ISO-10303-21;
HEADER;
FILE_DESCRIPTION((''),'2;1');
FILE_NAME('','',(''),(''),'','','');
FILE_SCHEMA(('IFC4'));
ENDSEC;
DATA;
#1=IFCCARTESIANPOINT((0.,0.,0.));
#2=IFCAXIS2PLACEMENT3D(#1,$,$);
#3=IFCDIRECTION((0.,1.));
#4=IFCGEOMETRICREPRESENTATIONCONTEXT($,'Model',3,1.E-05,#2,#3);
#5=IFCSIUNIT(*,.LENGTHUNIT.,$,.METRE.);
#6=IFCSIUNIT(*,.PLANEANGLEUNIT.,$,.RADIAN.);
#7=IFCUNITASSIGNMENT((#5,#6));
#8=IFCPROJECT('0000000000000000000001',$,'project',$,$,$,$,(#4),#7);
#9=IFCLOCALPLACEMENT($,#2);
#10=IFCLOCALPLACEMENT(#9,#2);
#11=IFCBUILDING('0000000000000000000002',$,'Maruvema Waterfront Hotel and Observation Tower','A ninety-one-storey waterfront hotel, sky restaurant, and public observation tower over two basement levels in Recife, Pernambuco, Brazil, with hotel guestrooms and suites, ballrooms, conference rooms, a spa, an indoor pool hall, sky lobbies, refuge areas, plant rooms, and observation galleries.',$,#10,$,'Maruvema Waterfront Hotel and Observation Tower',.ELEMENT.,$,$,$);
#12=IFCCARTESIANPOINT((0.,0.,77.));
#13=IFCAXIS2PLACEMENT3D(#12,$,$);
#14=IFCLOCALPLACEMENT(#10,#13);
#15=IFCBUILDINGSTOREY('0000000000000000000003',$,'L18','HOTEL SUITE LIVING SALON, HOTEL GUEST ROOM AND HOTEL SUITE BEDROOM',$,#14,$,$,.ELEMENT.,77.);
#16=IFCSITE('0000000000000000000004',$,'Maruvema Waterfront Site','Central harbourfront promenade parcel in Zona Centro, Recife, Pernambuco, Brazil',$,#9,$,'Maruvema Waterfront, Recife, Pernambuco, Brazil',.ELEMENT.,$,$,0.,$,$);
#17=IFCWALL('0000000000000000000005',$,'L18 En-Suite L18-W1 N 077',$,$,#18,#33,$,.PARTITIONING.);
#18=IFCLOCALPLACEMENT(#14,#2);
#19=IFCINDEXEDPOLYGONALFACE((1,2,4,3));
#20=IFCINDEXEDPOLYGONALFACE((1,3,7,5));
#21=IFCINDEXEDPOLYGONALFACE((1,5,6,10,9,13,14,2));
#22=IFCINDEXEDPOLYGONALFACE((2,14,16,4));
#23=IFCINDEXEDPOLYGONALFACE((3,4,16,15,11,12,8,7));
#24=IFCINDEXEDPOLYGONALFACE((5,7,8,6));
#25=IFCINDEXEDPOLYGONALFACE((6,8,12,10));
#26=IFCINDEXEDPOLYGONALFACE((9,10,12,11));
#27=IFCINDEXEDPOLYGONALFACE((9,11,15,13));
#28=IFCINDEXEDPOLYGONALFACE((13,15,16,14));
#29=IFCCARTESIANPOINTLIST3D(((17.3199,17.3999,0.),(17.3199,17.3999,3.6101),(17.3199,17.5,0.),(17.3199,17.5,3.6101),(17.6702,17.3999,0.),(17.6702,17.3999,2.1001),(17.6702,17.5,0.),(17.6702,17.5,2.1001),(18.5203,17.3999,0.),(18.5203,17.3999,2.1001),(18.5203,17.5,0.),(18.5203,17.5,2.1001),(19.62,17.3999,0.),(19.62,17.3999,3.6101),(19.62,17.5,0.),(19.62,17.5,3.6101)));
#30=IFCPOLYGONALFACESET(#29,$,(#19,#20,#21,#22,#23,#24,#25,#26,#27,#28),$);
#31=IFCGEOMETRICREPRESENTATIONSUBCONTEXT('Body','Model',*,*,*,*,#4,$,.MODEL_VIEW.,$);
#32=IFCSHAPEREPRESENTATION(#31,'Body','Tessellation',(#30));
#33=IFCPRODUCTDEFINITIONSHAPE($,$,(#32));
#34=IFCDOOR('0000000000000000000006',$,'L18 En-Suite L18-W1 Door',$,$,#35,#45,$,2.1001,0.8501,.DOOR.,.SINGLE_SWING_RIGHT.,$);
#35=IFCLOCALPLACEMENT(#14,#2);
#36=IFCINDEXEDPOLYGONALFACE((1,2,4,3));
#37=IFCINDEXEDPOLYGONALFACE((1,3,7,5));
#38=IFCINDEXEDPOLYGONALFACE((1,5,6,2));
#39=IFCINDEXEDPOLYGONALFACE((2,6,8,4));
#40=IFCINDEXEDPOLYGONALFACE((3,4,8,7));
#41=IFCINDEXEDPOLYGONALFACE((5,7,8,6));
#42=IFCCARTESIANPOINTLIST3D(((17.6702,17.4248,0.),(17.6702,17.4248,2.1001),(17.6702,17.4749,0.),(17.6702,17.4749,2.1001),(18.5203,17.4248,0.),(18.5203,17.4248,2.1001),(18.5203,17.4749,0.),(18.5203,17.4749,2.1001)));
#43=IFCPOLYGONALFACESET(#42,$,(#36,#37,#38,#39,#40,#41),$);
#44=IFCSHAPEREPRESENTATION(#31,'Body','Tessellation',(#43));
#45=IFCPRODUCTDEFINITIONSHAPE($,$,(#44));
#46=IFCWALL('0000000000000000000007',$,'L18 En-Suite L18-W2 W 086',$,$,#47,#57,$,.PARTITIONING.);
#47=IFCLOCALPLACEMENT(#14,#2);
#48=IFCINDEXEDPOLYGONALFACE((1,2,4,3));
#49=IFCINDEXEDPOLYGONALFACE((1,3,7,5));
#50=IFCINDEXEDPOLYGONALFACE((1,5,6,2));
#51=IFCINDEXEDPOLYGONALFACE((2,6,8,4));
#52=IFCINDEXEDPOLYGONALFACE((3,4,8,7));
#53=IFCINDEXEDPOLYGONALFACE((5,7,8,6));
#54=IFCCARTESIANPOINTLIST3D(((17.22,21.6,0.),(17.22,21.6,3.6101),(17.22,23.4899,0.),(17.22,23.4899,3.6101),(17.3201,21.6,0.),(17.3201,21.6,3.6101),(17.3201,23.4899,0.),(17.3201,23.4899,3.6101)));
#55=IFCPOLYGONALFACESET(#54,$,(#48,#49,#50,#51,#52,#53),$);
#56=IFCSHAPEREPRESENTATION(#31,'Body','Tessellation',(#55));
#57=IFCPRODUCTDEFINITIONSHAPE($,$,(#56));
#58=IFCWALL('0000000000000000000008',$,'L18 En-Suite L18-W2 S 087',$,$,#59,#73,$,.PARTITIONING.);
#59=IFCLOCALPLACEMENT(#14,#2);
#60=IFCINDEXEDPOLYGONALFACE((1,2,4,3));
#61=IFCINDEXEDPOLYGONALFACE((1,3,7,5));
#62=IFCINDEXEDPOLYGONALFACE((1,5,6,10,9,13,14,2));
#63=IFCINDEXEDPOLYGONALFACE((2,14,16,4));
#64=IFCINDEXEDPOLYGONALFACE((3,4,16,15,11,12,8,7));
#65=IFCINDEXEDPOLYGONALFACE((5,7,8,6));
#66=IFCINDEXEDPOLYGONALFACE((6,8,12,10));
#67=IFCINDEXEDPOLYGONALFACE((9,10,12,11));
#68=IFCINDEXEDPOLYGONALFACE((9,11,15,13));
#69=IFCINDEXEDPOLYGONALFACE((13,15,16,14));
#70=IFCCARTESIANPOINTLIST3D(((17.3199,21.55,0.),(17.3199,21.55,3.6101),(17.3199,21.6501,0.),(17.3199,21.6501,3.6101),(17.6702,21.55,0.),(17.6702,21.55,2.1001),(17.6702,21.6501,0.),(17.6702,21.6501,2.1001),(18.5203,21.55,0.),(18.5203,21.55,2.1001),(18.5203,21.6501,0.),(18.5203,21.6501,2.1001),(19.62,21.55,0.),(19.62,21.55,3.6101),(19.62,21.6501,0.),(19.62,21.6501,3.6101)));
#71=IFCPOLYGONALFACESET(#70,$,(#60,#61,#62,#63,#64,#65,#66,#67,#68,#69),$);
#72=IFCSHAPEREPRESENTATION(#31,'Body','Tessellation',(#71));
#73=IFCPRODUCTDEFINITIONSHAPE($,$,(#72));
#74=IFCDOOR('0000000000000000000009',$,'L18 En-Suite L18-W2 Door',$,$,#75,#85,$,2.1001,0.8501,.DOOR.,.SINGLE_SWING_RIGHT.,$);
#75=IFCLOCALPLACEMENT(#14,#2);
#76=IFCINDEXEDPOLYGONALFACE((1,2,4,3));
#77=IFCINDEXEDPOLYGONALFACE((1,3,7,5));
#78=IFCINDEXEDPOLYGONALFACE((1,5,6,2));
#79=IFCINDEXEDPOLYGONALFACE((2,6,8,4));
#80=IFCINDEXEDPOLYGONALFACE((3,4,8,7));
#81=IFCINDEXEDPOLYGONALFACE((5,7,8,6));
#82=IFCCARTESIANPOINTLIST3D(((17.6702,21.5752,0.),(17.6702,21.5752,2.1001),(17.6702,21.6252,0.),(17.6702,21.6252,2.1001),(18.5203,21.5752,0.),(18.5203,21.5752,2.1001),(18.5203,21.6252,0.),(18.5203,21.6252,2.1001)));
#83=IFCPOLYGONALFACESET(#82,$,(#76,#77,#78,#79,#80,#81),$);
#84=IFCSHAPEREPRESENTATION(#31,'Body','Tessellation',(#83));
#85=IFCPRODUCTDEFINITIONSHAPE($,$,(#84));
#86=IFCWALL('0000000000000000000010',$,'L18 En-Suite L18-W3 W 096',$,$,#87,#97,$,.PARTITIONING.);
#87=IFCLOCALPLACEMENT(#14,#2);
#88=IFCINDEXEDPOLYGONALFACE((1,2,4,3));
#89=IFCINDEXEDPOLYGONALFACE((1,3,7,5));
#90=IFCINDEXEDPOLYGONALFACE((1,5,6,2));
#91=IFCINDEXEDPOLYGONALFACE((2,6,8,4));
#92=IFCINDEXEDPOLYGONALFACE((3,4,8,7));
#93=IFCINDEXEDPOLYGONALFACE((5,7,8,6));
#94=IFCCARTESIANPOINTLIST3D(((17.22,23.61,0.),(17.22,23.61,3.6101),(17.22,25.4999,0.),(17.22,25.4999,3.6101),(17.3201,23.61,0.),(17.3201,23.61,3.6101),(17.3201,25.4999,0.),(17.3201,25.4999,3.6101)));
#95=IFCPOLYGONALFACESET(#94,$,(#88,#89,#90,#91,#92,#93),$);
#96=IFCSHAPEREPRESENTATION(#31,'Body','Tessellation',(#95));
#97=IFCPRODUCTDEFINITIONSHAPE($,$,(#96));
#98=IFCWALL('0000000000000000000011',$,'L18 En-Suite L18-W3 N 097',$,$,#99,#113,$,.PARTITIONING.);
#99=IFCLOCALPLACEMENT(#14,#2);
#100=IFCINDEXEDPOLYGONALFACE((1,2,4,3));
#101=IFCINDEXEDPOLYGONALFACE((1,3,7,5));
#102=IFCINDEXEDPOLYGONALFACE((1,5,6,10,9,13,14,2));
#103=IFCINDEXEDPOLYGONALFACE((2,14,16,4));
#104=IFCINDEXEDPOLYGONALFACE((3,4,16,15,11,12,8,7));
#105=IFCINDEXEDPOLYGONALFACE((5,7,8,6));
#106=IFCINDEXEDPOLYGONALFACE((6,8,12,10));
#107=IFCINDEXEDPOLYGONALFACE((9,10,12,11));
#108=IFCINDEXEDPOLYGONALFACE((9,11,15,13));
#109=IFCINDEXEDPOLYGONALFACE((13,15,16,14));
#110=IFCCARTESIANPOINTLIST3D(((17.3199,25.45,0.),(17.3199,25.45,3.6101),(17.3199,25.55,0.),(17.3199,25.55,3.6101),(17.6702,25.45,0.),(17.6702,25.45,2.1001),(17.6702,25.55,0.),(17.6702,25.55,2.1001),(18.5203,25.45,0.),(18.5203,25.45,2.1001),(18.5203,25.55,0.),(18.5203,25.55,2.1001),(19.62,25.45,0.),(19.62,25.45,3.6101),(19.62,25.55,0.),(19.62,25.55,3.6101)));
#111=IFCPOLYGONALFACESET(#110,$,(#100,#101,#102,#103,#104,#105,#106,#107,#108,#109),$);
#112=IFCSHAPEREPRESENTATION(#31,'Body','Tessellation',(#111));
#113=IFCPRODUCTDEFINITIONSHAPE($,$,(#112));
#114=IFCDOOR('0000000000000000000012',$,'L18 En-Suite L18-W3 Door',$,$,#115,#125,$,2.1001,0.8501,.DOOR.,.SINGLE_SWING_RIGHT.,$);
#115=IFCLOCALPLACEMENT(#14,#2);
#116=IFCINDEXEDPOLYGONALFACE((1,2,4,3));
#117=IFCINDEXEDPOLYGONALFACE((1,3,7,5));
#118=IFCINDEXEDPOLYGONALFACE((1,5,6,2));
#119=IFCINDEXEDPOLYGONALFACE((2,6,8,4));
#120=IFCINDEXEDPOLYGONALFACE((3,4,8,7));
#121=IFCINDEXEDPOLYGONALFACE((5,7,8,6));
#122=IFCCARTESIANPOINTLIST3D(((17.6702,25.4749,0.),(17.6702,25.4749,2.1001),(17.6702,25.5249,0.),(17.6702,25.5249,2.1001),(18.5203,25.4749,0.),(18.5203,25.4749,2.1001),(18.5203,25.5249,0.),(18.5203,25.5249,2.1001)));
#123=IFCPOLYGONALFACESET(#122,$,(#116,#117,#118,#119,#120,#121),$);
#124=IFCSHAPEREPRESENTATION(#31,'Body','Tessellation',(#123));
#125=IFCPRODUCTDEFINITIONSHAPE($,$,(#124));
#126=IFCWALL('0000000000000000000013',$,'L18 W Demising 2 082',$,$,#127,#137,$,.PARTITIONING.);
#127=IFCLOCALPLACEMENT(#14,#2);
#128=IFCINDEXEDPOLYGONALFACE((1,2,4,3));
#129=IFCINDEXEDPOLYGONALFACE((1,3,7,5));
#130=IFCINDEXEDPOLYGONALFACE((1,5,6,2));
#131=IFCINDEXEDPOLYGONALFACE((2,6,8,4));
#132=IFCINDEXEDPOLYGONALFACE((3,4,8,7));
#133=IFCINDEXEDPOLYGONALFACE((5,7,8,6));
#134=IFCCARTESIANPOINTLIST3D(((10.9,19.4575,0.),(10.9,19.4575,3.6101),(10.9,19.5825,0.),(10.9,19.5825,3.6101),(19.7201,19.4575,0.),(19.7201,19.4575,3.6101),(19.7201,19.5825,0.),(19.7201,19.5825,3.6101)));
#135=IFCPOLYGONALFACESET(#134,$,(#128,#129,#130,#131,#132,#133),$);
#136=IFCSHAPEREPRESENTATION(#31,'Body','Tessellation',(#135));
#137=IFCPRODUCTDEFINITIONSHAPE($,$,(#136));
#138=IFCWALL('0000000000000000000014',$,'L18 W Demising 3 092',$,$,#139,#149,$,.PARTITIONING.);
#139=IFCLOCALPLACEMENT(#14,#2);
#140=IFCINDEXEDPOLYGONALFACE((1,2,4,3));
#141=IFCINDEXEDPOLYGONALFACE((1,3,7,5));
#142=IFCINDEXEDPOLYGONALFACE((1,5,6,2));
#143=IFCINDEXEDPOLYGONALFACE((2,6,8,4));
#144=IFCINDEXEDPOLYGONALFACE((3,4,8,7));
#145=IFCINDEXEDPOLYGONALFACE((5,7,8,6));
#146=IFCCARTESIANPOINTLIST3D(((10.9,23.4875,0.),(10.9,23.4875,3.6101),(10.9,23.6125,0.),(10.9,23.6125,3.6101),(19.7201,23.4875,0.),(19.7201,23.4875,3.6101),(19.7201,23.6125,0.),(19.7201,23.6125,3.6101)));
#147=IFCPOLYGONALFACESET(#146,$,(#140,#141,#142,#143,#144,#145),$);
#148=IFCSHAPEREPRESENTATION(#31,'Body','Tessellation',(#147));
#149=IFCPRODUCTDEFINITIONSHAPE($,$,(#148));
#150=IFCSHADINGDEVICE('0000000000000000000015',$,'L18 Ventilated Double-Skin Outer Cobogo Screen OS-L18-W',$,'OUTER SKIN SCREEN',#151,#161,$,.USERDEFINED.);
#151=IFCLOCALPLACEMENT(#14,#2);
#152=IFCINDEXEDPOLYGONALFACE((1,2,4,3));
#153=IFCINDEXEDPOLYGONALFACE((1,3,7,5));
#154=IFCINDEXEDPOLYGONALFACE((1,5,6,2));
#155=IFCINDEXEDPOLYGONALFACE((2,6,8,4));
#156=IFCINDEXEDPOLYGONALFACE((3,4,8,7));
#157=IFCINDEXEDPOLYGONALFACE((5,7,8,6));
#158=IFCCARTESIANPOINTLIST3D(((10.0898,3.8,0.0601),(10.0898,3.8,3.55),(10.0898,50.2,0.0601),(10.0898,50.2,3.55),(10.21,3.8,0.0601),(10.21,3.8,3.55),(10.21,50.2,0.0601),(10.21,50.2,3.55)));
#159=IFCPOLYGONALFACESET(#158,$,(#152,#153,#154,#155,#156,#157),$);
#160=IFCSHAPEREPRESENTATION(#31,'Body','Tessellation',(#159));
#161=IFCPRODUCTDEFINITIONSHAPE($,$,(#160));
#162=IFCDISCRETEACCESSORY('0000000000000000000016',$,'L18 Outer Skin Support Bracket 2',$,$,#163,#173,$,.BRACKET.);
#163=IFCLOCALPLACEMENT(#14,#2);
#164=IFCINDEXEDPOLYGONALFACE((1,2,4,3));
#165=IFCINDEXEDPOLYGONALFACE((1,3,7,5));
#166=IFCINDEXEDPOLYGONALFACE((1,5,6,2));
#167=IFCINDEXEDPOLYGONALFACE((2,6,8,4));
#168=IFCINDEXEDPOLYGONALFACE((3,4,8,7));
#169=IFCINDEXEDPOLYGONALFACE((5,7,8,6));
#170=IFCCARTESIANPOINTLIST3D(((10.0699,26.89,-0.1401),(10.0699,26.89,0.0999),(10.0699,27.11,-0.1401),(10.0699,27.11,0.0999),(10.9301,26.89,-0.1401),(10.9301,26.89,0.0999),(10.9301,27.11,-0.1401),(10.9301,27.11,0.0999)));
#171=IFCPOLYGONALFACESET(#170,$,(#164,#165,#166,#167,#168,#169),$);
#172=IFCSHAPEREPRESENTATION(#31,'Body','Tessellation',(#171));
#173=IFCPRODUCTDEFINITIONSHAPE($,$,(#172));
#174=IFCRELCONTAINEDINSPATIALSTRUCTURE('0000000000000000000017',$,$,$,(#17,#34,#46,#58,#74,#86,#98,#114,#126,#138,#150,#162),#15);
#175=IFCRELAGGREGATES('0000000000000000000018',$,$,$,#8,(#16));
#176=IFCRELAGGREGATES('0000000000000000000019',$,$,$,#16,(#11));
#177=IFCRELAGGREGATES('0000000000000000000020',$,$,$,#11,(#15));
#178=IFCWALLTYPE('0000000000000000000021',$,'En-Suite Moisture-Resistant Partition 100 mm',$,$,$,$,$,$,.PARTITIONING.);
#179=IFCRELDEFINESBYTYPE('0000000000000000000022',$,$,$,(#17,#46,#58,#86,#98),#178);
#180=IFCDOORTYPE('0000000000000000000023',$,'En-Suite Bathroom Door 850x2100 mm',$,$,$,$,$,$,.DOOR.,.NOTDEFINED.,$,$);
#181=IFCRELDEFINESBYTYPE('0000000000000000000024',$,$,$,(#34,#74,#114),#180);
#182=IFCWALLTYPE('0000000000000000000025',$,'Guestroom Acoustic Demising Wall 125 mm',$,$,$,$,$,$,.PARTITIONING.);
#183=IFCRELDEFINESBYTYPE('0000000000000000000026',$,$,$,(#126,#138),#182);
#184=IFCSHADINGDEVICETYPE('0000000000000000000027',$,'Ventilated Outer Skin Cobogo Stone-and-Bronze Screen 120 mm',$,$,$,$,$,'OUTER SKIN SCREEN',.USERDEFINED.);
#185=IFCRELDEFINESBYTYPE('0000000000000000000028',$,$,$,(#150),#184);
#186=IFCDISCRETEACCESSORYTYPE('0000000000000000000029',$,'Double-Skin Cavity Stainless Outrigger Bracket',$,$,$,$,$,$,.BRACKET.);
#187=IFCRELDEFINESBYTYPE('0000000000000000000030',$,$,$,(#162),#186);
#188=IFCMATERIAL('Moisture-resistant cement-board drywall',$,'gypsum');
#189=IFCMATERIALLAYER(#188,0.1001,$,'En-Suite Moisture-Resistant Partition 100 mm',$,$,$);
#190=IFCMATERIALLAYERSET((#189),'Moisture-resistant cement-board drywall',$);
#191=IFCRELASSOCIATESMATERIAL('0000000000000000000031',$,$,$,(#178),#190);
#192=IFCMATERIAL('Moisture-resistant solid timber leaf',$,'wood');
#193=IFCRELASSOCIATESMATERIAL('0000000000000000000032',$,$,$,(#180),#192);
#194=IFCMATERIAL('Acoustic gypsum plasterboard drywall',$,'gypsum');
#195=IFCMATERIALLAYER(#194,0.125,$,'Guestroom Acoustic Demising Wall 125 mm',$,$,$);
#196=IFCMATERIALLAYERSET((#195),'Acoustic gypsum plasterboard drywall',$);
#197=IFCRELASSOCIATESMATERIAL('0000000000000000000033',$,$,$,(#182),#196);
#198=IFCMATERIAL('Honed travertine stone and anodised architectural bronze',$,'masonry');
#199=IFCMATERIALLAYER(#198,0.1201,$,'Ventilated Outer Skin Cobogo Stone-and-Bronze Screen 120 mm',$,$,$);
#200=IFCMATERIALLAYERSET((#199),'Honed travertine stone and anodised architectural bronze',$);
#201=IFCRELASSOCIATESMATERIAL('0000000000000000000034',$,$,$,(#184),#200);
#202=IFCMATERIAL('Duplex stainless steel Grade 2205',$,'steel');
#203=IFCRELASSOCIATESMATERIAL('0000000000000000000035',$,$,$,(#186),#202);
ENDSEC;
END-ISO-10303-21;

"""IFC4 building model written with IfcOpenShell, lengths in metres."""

from ifc_helpers import new_model, si_unit, direction, frame, frame_2d, origin, origin_2d, place, context, subcontext, project, spatial, rectangle, extrude, material, layer, layer_set, type_object, element, fill, save


model = new_model("IFC4")

# Units and contexts
model_context = context("Model", 3, precision=1e-05, world=origin(), true_north=direction((0.0, 1.0)))
body_context = subcontext(model_context, "Body", "Model", "MODEL_VIEW")
ifc_project = project(units=[si_unit("LENGTHUNIT", "METRE"), si_unit("PLANEANGLEUNIT", "RADIAN")], contexts=[model_context])

# Site, building, storey
site_placement = place(None, origin())
site = spatial("IfcSite", under=ifc_project, at=site_placement, Name="Maruvema Waterfront Site", Description="Central harbourfront promenade parcel in Zona Centro, Recife, Pernambuco, Brazil", LongName="Maruvema Waterfront, Recife, Pernambuco, Brazil", CompositionType="ELEMENT", RefElevation=0.0)
building_placement = place(site_placement, origin())
building = spatial("IfcBuilding", under=site, at=building_placement, Name="Maruvema Waterfront Hotel and Observation Tower", Description="A ninety-one-storey waterfront hotel, sky restaurant, and public observation tower over two basement levels in Recife, Pernambuco, Brazil, with hotel guestrooms and suites, ballrooms, conference rooms, a spa, an indoor pool hall, sky lobbies, refuge areas, plant rooms, and observation galleries.", LongName="Maruvema Waterfront Hotel and Observation Tower", CompositionType="ELEMENT")
storey_placement = place(building_placement, frame((0.0, 0.0, 77.0)))
storey = spatial("IfcBuildingStorey", under=building, at=storey_placement, Name="L18", Description="HOTEL SUITE LIVING SALON, HOTEL GUEST ROOM AND HOTEL SUITE BEDROOM", CompositionType="ELEMENT", Elevation=77.0)

# Wall, opening, door
ifc_material_1 = material(Name="Moisture-resistant cement-board drywall", Category="gypsum")
ifc_layer_1 = layer(ifc_material_1, 0.1001, Name="En-Suite Moisture-Resistant Partition 100 mm")
ifc_layer_set_1 = layer_set([ifc_layer_1], Name="Moisture-resistant cement-board drywall")
wall_type_1 = type_object("IfcWallType", Name="En-Suite Moisture-Resistant Partition 100 mm", PredefinedType="PARTITIONING", material=ifc_layer_set_1)
wall_1_placement = place(storey_placement, frame((17.3201, 17.45, 0.0), z_axis=(0.0, 0.0, 1.0), x_axis=(1.0, 0.0, 0.0)))
wall_1 = element("IfcWall", 1, at=wall_1_placement, inside=storey, type_object=wall_type_1, Name="L18 En-Suite L18-W1 N 077", PredefinedType="PARTITIONING", context=body_context, shape_type="SweptSolid", body=[
    extrude(rectangle(XDim=2.3, YDim=0.1001, at=frame_2d((1.1499, 0.0))), origin(), (0.0, 0.0, 1.0), 3.6101),
])
opening_1_placement = place(wall_1_placement, frame((0.3501, 0.0, 0.0)))
opening_1 = element("IfcOpeningElement", 2, at=opening_1_placement, cuts=wall_1, PredefinedType="OPENING", context=body_context, shape_type="SweptSolid", body=[
    extrude(rectangle(XDim=0.8501, YDim=2.1001, at=frame_2d((0.425, 1.05))), frame((0.0, 0.0601, 0.0), z_axis=(0.0, -1.0, 0.0), x_axis=(1.0, 0.0, 0.0)), (0.0, 0.0, 1.0), 0.1201),
])
ifc_material_2 = material(Name="Moisture-resistant solid timber leaf", Category="wood")
door_type_1 = type_object("IfcDoorType", Name="En-Suite Bathroom Door 850x2100 mm", OperationType="NOTDEFINED", PredefinedType="DOOR", material=ifc_material_2)
door_1_placement = place(opening_1_placement, origin())
door_1 = element("IfcDoor", 3, at=door_1_placement, inside=storey, type_object=door_type_1, Name="L18 En-Suite L18-W1 Door", OperationType="SINGLE_SWING_RIGHT", OverallHeight=2.1001, OverallWidth=0.8501, PredefinedType="DOOR", context=body_context, shape_type="SweptSolid", body=[
    extrude(rectangle(XDim=0.8501, YDim=2.1001, at=frame_2d((0.425, 1.05))), frame((0.0, 0.0249, 0.0), z_axis=(0.0, -1.0, 0.0), x_axis=(1.0, 0.0, 0.0)), (0.0, 0.0, 1.0), 0.05),
])
fill(opening_1, door_1)

# Wall
wall_2_placement = place(storey_placement, frame((17.27, 21.6001, 0.0), z_axis=(0.0, 0.0, 1.0), x_axis=(0.0, 1.0, 0.0)))
element("IfcWall", 4, at=wall_2_placement, inside=storey, type_object=wall_type_1, Name="L18 En-Suite L18-W2 W 086", PredefinedType="PARTITIONING", context=body_context, shape_type="SweptSolid", body=[
    extrude(rectangle(XDim=1.8899, YDim=0.1001, at=frame_2d((0.9448, 0.0))), origin(), (0.0, 0.0, 1.0), 3.6101),
])

# Wall, opening, door
wall_3_placement = place(storey_placement, frame((17.3201, 21.6001, 0.0), z_axis=(0.0, 0.0, 1.0), x_axis=(1.0, 0.0, 0.0)))
wall_3 = element("IfcWall", 5, at=wall_3_placement, inside=storey, type_object=wall_type_1, Name="L18 En-Suite L18-W2 S 087", PredefinedType="PARTITIONING", context=body_context, shape_type="SweptSolid", body=[
    extrude(rectangle(XDim=2.3, YDim=0.1001, at=frame_2d((1.1499, 0.0))), origin(), (0.0, 0.0, 1.0), 3.6101),
])
opening_2_placement = place(wall_3_placement, frame((0.3501, 0.0, 0.0)))
opening_2 = element("IfcOpeningElement", 6, at=opening_2_placement, cuts=wall_3, PredefinedType="OPENING", context=body_context, shape_type="SweptSolid", body=[
    extrude(rectangle(XDim=0.8501, YDim=2.1001, at=frame_2d((0.425, 1.05))), frame((0.0, 0.0601, 0.0), z_axis=(0.0, -1.0, 0.0), x_axis=(1.0, 0.0, 0.0)), (0.0, 0.0, 1.0), 0.1201),
])
door_2_placement = place(opening_2_placement, frame((0.8501, 0.0, 0.0), z_axis=(0.0, 0.0, 1.0), x_axis=(-1.0, 0.0, 0.0)))
door_2 = element("IfcDoor", 7, at=door_2_placement, inside=storey, type_object=door_type_1, Name="L18 En-Suite L18-W2 Door", OperationType="SINGLE_SWING_RIGHT", OverallHeight=2.1001, OverallWidth=0.8501, PredefinedType="DOOR", context=body_context, shape_type="SweptSolid", body=[
    extrude(rectangle(XDim=0.8501, YDim=2.1001, at=frame_2d((0.425, 1.05))), frame((0.0, 0.0249, 0.0), z_axis=(0.0, -1.0, 0.0), x_axis=(1.0, 0.0, 0.0)), (0.0, 0.0, 1.0), 0.05),
])
fill(opening_2, door_2)

# Wall
wall_4_placement = place(storey_placement, frame((17.27, 23.6101, 0.0), z_axis=(0.0, 0.0, 1.0), x_axis=(0.0, 1.0, 0.0)))
element("IfcWall", 8, at=wall_4_placement, inside=storey, type_object=wall_type_1, Name="L18 En-Suite L18-W3 W 096", PredefinedType="PARTITIONING", context=body_context, shape_type="SweptSolid", body=[
    extrude(rectangle(XDim=1.8899, YDim=0.1001, at=frame_2d((0.9448, 0.0))), origin(), (0.0, 0.0, 1.0), 3.6101),
])

# Wall, opening, door
wall_5_placement = place(storey_placement, frame((17.3201, 25.5, 0.0), z_axis=(0.0, 0.0, 1.0), x_axis=(1.0, 0.0, 0.0)))
wall_5 = element("IfcWall", 9, at=wall_5_placement, inside=storey, type_object=wall_type_1, Name="L18 En-Suite L18-W3 N 097", PredefinedType="PARTITIONING", context=body_context, shape_type="SweptSolid", body=[
    extrude(rectangle(XDim=2.3, YDim=0.1001, at=frame_2d((1.1499, 0.0))), origin(), (0.0, 0.0, 1.0), 3.6101),
])
opening_3_placement = place(wall_5_placement, frame((0.3501, 0.0, 0.0)))
opening_3 = element("IfcOpeningElement", 10, at=opening_3_placement, cuts=wall_5, PredefinedType="OPENING", context=body_context, shape_type="SweptSolid", body=[
    extrude(rectangle(XDim=0.8501, YDim=2.1001, at=frame_2d((0.425, 1.05))), frame((0.0, 0.0601, 0.0), z_axis=(0.0, -1.0, 0.0), x_axis=(1.0, 0.0, 0.0)), (0.0, 0.0, 1.0), 0.1201),
])
door_3_placement = place(opening_3_placement, origin())
door_3 = element("IfcDoor", 11, at=door_3_placement, inside=storey, type_object=door_type_1, Name="L18 En-Suite L18-W3 Door", OperationType="SINGLE_SWING_RIGHT", OverallHeight=2.1001, OverallWidth=0.8501, PredefinedType="DOOR", context=body_context, shape_type="SweptSolid", body=[
    extrude(rectangle(XDim=0.8501, YDim=2.1001, at=frame_2d((0.425, 1.05))), frame((0.0, 0.0249, 0.0), z_axis=(0.0, -1.0, 0.0), x_axis=(1.0, 0.0, 0.0)), (0.0, 0.0, 1.0), 0.05),
])
fill(opening_3, door_3)

# Walls
ifc_material_3 = material(Name="Acoustic gypsum plasterboard drywall", Category="gypsum")
ifc_layer_2 = layer(ifc_material_3, 0.125, Name="Guestroom Acoustic Demising Wall 125 mm")
ifc_layer_set_2 = layer_set([ifc_layer_2], Name="Acoustic gypsum plasterboard drywall")
wall_type_2 = type_object("IfcWallType", Name="Guestroom Acoustic Demising Wall 125 mm", PredefinedType="PARTITIONING", material=ifc_layer_set_2)
for number, where, z_axis, x_axis, name in (
    (12, (10.8999, 19.52, 0.0), (0.0, 0.0, 1.0), (1.0, 0.0, 0.0), "L18 W Demising 2 082"),
    (13, (10.8999, 23.55, 0.0), (0.0, 0.0, 1.0), (1.0, 0.0, 0.0), "L18 W Demising 3 092"),
):
    element("IfcWall", number, at=place(storey_placement, frame(where, z_axis=z_axis, x_axis=x_axis)), inside=storey, type_object=wall_type_2, Name=name, PredefinedType="PARTITIONING", context=body_context, shape_type="SweptSolid", body=[
        extrude(rectangle(XDim=8.8201, YDim=0.125, at=frame_2d((4.4102, 0.0))), origin(), (0.0, 0.0, 1.0), 3.6101),
    ])

# Shading device
ifc_material_4 = material(Name="Honed travertine stone and anodised architectural bronze", Category="masonry")
ifc_layer_3 = layer(ifc_material_4, 0.1201, Name="Ventilated Outer Skin Cobogo Stone-and-Bronze Screen 120 mm")
ifc_layer_set_3 = layer_set([ifc_layer_3], Name="Honed travertine stone and anodised architectural bronze")
shading_device_type = type_object("IfcShadingDeviceType", Name="Ventilated Outer Skin Cobogo Stone-and-Bronze Screen 120 mm", ElementType="OUTER SKIN SCREEN", PredefinedType="USERDEFINED", material=ifc_layer_set_3)
shading_device_placement = place(storey_placement, frame((10.1499, 27.0, 0.0601), z_axis=(0.0, 0.0, 1.0), x_axis=(0.0, -1.0, 0.0)))
element("IfcShadingDevice", 14, at=shading_device_placement, inside=storey, type_object=shading_device_type, Name="L18 Ventilated Double-Skin Outer Cobogo Screen OS-L18-W", ObjectType="OUTER SKIN SCREEN", PredefinedType="USERDEFINED", context=body_context, shape_type="SweptSolid", body=[
    extrude(rectangle(XDim=46.3999, YDim=0.1201, at=origin_2d()), origin(), (0.0, 0.0, 1.0), 3.49),
])

# Discrete accessory
ifc_material_5 = material(Name="Duplex stainless steel Grade 2205", Category="steel")
discrete_accessory_type = type_object("IfcDiscreteAccessoryType", Name="Double-Skin Cavity Stainless Outrigger Bracket", PredefinedType="BRACKET", material=ifc_material_5)
discrete_accessory_placement = place(storey_placement, frame((10.5, 27.0, -0.1401), z_axis=(0.0, 0.0, 1.0), x_axis=(0.0, -1.0, 0.0)))
element("IfcDiscreteAccessory", 15, at=discrete_accessory_placement, inside=storey, type_object=discrete_accessory_type, Name="L18 Outer Skin Support Bracket 2", PredefinedType="BRACKET", context=body_context, shape_type="SweptSolid", body=[
    extrude(rectangle(XDim=0.22, YDim=0.8601, at=origin_2d()), origin(), (0.0, 0.0, 1.0), 0.24),
])

save(model, "model.ifc")
